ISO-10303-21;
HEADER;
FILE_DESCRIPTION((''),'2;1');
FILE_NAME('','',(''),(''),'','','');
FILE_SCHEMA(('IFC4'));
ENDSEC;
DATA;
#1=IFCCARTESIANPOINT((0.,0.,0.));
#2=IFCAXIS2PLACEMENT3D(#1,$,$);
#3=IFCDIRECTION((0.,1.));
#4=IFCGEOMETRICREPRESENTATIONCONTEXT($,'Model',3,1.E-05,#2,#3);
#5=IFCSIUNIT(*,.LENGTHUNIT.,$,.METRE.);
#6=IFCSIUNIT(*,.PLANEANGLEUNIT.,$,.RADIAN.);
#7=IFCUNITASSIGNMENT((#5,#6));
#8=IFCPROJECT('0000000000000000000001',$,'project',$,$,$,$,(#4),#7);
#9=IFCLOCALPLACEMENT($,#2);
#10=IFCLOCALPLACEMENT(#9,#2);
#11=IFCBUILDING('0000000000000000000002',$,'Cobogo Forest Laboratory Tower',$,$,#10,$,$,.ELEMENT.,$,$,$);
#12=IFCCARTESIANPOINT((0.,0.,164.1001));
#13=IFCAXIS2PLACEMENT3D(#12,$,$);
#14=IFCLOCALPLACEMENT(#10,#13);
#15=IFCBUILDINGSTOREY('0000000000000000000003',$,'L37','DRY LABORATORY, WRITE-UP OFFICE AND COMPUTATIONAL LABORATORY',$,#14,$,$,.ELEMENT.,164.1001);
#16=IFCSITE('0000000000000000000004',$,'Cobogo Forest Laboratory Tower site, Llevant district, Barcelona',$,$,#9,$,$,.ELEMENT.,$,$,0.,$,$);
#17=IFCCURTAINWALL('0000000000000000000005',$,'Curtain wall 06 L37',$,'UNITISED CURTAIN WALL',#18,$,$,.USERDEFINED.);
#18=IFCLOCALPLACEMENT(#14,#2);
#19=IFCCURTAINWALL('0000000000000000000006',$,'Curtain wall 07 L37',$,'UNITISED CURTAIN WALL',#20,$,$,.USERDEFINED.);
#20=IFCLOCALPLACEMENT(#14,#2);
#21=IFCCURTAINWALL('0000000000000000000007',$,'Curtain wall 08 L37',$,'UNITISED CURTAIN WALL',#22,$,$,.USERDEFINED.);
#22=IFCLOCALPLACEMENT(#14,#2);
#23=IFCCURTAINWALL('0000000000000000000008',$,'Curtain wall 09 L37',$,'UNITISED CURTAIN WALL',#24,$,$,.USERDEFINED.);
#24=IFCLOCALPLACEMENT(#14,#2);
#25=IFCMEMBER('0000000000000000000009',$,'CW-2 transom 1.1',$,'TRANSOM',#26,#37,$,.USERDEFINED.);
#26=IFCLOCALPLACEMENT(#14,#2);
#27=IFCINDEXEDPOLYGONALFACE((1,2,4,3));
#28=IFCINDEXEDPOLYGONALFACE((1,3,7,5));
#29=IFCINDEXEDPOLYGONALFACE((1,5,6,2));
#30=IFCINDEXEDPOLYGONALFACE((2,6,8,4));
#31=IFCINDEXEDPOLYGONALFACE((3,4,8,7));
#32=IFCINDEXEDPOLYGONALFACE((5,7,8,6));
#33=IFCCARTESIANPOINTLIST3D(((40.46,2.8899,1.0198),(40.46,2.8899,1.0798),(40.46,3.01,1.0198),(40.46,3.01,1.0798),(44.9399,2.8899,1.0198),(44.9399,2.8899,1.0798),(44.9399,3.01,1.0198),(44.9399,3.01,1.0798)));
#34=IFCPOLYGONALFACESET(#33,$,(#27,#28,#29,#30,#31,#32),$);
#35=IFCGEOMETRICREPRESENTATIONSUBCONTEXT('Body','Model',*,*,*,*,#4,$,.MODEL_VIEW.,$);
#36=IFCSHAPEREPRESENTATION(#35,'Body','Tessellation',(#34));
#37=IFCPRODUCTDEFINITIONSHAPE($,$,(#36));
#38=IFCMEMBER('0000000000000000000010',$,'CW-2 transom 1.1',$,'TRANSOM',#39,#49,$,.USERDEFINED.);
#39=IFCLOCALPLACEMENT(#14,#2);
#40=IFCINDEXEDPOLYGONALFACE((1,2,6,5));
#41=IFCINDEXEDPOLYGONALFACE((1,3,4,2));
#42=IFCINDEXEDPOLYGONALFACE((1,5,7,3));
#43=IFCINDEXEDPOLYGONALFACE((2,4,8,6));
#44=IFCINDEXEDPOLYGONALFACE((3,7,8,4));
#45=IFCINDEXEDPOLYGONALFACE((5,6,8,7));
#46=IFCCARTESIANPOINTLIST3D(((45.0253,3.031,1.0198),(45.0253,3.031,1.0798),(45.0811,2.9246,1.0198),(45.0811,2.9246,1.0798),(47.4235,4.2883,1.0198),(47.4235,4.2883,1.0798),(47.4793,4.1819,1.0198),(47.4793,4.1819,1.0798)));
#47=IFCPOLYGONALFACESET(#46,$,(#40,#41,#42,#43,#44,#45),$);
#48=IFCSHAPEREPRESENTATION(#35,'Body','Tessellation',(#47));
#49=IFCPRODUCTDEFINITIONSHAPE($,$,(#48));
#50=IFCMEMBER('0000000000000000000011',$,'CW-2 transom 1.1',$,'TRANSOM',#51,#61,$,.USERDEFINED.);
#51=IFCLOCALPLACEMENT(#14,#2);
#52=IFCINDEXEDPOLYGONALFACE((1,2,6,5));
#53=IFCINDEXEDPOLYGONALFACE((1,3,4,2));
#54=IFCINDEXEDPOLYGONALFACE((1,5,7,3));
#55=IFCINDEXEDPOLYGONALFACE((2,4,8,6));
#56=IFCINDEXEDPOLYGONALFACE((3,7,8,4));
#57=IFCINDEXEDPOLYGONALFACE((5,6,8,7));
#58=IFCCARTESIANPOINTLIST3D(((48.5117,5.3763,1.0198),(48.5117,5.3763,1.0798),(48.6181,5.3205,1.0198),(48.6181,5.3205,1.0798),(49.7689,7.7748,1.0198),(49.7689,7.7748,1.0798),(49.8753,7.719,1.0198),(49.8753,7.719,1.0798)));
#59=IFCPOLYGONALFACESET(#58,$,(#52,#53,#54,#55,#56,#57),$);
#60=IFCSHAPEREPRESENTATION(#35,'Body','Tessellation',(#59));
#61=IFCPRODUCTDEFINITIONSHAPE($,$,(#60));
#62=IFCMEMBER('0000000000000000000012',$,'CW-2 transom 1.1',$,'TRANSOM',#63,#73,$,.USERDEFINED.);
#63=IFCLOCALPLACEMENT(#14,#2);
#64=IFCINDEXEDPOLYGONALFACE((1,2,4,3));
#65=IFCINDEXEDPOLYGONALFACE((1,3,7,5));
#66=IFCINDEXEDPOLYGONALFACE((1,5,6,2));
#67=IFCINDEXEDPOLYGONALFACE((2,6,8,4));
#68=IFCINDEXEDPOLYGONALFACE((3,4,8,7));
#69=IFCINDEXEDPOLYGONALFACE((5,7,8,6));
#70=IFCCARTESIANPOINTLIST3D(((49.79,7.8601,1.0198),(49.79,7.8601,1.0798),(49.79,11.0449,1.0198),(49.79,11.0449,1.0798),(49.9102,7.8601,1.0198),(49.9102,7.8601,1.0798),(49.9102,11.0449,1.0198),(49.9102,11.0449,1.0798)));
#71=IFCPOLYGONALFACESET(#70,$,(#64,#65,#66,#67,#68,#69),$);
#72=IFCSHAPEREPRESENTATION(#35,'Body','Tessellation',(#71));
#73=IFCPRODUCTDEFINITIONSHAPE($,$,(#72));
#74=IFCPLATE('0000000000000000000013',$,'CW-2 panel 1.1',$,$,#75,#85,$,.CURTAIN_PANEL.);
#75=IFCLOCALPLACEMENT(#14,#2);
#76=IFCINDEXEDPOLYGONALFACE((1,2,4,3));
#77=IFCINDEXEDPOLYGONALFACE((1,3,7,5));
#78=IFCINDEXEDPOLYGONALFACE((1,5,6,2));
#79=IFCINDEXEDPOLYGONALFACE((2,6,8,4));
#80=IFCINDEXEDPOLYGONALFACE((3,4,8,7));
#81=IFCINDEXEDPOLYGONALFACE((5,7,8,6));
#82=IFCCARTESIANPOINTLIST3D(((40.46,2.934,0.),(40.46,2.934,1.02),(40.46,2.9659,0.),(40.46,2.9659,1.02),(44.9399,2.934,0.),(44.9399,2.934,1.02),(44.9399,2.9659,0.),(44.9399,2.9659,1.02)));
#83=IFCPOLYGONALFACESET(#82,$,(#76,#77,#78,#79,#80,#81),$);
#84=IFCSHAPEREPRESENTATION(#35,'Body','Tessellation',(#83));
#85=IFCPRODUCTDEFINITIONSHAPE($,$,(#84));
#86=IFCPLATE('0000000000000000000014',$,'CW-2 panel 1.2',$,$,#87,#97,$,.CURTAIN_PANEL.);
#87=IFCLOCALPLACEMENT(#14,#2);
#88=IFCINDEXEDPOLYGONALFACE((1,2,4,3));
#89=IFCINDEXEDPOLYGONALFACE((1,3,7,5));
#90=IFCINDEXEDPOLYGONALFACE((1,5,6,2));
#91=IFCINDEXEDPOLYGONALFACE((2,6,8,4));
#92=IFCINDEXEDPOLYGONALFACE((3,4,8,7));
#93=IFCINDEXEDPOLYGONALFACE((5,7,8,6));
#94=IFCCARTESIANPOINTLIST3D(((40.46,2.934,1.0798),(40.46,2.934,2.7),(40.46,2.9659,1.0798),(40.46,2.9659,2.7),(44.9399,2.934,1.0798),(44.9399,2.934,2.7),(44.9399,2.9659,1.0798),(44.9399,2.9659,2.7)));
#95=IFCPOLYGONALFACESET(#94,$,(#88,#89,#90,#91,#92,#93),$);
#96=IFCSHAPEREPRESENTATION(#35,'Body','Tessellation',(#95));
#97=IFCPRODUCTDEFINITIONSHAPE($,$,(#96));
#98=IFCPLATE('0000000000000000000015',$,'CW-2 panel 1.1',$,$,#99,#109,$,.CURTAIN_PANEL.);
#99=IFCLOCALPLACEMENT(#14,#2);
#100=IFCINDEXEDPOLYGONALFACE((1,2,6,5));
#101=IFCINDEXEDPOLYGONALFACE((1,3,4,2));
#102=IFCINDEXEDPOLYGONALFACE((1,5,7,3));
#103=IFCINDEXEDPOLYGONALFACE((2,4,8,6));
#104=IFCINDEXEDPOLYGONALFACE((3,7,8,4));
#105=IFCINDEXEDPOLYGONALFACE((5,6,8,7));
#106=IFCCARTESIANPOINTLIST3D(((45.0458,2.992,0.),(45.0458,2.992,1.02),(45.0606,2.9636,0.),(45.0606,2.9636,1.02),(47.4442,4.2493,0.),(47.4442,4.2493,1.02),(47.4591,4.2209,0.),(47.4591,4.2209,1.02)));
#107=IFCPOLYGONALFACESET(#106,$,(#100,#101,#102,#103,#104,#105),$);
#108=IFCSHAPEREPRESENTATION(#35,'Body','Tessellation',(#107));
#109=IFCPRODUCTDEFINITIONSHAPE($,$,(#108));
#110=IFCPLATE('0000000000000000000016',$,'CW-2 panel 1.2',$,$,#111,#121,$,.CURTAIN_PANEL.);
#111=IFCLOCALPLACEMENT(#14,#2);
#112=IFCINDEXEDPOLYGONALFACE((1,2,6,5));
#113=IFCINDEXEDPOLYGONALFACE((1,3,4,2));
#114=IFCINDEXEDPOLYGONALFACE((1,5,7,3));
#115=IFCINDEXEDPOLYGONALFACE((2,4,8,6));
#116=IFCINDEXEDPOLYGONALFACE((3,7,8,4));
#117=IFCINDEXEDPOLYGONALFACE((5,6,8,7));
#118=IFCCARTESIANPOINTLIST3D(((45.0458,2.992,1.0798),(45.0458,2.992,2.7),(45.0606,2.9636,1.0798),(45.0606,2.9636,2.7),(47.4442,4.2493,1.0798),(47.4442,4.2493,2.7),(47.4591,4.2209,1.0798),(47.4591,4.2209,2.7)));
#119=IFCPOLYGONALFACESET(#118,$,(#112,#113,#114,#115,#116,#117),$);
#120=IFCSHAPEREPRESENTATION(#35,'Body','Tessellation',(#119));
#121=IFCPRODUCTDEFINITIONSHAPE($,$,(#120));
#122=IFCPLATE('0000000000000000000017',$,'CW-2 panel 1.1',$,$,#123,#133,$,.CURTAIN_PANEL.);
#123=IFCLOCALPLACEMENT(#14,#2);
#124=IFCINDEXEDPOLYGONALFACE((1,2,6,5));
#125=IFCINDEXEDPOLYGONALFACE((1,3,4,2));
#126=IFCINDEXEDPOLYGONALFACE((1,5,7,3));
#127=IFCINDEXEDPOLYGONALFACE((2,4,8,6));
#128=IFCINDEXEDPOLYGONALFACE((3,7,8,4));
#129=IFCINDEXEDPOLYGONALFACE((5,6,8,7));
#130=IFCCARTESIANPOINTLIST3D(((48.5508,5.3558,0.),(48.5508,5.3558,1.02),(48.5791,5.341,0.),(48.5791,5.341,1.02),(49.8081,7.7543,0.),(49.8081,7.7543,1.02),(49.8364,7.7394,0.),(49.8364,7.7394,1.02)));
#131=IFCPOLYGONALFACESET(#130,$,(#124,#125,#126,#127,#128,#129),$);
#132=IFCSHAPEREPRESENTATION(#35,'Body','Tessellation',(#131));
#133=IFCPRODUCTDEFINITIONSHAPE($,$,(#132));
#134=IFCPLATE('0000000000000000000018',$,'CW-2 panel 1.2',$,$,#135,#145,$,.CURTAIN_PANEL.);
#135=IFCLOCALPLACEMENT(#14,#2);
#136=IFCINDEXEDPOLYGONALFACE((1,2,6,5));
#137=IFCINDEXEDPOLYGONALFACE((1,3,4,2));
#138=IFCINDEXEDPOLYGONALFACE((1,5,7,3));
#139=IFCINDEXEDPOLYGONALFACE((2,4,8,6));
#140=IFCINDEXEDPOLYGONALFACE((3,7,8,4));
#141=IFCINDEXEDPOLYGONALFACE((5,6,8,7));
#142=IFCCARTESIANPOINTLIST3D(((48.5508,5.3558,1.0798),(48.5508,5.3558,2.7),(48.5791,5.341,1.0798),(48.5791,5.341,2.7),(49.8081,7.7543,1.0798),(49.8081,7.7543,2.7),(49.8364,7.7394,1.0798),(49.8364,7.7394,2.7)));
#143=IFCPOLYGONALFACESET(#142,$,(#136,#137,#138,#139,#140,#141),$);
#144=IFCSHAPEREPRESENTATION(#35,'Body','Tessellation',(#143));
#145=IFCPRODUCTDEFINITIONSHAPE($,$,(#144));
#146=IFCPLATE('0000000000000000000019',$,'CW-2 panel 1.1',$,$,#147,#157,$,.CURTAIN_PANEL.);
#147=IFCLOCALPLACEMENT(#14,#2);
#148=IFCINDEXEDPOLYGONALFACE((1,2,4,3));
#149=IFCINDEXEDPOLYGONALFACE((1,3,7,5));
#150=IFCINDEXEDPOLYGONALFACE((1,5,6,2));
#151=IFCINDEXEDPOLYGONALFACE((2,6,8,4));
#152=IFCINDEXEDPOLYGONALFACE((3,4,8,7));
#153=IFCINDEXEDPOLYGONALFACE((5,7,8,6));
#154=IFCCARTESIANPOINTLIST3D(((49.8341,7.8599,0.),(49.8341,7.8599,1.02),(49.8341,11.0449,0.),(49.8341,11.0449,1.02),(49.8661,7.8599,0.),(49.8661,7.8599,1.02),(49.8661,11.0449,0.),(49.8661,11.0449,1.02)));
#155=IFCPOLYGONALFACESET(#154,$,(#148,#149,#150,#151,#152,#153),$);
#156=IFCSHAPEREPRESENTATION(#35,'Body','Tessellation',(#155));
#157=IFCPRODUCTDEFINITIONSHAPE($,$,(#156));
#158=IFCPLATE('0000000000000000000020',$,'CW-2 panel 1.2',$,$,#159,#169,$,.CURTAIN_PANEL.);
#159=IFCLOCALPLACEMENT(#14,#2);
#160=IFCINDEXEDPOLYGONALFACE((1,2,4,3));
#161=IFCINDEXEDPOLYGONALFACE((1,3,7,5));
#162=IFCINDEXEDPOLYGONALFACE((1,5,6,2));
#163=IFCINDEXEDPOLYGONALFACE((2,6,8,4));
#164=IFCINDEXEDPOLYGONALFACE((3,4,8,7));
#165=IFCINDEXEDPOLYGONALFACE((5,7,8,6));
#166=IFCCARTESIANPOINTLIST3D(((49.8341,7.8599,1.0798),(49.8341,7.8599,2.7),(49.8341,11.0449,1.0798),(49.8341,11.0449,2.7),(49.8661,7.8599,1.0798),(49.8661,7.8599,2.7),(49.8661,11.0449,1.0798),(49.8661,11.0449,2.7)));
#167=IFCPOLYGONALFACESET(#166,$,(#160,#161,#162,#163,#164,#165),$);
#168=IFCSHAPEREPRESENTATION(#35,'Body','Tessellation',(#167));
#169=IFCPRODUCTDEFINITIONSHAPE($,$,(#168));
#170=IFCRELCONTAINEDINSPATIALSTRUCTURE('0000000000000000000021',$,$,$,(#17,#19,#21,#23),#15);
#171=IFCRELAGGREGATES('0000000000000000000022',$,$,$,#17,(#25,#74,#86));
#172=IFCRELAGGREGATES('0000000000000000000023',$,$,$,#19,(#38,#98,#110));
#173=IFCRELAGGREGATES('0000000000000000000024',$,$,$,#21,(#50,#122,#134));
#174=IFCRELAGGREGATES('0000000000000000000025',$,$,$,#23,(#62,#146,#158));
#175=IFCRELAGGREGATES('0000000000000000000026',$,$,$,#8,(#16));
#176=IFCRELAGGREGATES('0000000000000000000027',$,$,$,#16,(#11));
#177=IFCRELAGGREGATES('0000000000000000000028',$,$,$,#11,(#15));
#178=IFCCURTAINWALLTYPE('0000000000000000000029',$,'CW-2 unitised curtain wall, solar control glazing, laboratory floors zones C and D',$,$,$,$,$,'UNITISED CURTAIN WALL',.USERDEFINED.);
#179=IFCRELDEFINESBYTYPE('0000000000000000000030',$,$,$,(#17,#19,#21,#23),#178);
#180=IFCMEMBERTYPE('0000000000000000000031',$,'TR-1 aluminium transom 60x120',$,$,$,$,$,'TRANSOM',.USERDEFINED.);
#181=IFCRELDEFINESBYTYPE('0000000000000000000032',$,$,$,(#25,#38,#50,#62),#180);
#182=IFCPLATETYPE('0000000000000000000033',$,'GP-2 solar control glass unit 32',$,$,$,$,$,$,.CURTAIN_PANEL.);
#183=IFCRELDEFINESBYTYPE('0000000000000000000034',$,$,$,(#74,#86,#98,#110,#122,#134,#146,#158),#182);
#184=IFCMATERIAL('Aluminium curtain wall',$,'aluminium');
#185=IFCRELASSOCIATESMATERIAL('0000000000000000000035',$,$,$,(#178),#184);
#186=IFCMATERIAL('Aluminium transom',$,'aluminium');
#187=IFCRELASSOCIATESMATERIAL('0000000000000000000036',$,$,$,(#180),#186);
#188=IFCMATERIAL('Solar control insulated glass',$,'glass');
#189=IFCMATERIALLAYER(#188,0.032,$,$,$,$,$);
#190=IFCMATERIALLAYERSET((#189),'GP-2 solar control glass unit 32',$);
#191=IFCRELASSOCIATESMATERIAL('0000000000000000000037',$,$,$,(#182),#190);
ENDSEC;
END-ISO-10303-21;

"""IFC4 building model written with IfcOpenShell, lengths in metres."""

from ifc_helpers import new_model, si_unit, direction, frame, origin, origin_2d, place, context, subcontext, project, spatial, rectangle, extrude, material, layer, layer_set, material_profile, profile_set, type_object, element, aggregate, save


model = new_model("IFC4")

# Units and contexts
model_context = context("Model", 3, precision=1e-05, world=origin(), true_north=direction((0.0, 1.0)))
body_context = subcontext(model_context, "Body", "Model", "MODEL_VIEW")
ifc_project = project(units=[si_unit("LENGTHUNIT", "METRE"), si_unit("PLANEANGLEUNIT", "RADIAN")], contexts=[model_context])

# Site, building, storey
site_placement = place(None, origin())
site = spatial("IfcSite", under=ifc_project, at=site_placement, Name="Cobogo Forest Laboratory Tower site, Llevant district, Barcelona", CompositionType="ELEMENT", RefElevation=0.0)
building_placement = place(site_placement, origin())
building = spatial("IfcBuilding", under=site, at=building_placement, Name="Cobogo Forest Laboratory Tower", CompositionType="ELEMENT")
storey_placement = place(building_placement, frame((0.0, 0.0, 164.1001)))
storey = spatial("IfcBuildingStorey", under=building, at=storey_placement, Name="L37", Description="DRY LABORATORY, WRITE-UP OFFICE AND COMPUTATIONAL LABORATORY", CompositionType="ELEMENT", Elevation=164.1001)

# Curtain wall
ifc_material_1 = material(Name="Aluminium curtain wall", Category="aluminium")
curtain_wall_type = type_object("IfcCurtainWallType", Name="CW-2 unitised curtain wall, solar control glazing, laboratory floors zones C and D", ElementType="UNITISED CURTAIN WALL", PredefinedType="USERDEFINED", material=ifc_material_1)
curtain_wall_1_placement = place(storey_placement, origin())
curtain_wall_1 = element("IfcCurtainWall", 1, at=curtain_wall_1_placement, inside=storey, type_object=curtain_wall_type, Name="Curtain wall 06 L37", ObjectType="UNITISED CURTAIN WALL", PredefinedType="USERDEFINED")

# Curtain walls
curtain_wall_2_placement = place(storey_placement, origin())
curtain_wall_2 = element("IfcCurtainWall", 2, at=curtain_wall_2_placement, inside=storey, type_object=curtain_wall_type, Name="Curtain wall 07 L37", ObjectType="UNITISED CURTAIN WALL", PredefinedType="USERDEFINED")
curtain_wall_3_placement = place(storey_placement, origin())
curtain_wall_3 = element("IfcCurtainWall", 3, at=curtain_wall_3_placement, inside=storey, type_object=curtain_wall_type, Name="Curtain wall 08 L37", ObjectType="UNITISED CURTAIN WALL", PredefinedType="USERDEFINED")

# Curtain wall
curtain_wall_4_placement = place(storey_placement, origin())
curtain_wall_4 = element("IfcCurtainWall", 4, at=curtain_wall_4_placement, inside=storey, type_object=curtain_wall_type, Name="Curtain wall 09 L37", ObjectType="UNITISED CURTAIN WALL", PredefinedType="USERDEFINED")

# Members
ifc_material_2 = material(Name="Aluminium transom", Category="aluminium")
ifc_material_profile_1 = material_profile(ifc_material_2, rectangle(XDim=0.1201, YDim=0.0601, at=origin_2d()), Name="AL 60x120")
ifc_profile_set_1 = profile_set([ifc_material_profile_1], Name="Aluminium transom")
member_type_1 = type_object("IfcMemberType", Name="TR-1 aluminium transom 60x120", ElementType="TRANSOM", PredefinedType="USERDEFINED", material=ifc_profile_set_1)
member_1_placement = place(storey_placement, frame((40.46, 2.95, 1.0498), z_axis=(1.0, 0.0, 0.0), x_axis=(0.0, 1.0, 0.0)))
member_1 = element("IfcMember", 5, at=member_1_placement, type_object=member_type_1, Name="CW-2 transom 1.1", ObjectType="TRANSOM", PredefinedType="USERDEFINED", context=body_context, shape_type="SweptSolid", body=[
    extrude(rectangle(XDim=0.1201, YDim=0.0601, at=origin_2d()), origin(), (0.0, 0.0, 1.0), 4.48),
])
member_2_placement = place(storey_placement, frame((45.0532, 2.9778, 1.0498), z_axis=(0.88566, 0.464334, 0.0), x_axis=(-0.464334, 0.88566, 0.0)))
member_2 = element("IfcMember", 6, at=member_2_placement, type_object=member_type_1, Name="CW-2 transom 1.1", ObjectType="TRANSOM", PredefinedType="USERDEFINED", context=body_context, shape_type="SweptSolid", body=[
    extrude(rectangle(XDim=0.1201, YDim=0.0601, at=origin_2d()), origin(), (0.0, 0.0, 1.0), 2.7078),
])
member_3_placement = place(storey_placement, frame((48.5649, 5.3484, 1.0498), z_axis=(0.464226, 0.885717, 0.0), x_axis=(-0.885717, 0.464226, 0.0)))
member_3 = element("IfcMember", 7, at=member_3_placement, type_object=member_type_1, Name="CW-2 transom 1.1", ObjectType="TRANSOM", PredefinedType="USERDEFINED", context=body_context, shape_type="SweptSolid", body=[
    extrude(rectangle(XDim=0.1201, YDim=0.0601, at=origin_2d()), origin(), (0.0, 0.0, 1.0), 2.708),
])
member_4_placement = place(storey_placement, frame((49.8501, 7.8601, 1.0498), z_axis=(0.0, 1.0, 0.0), x_axis=(-1.0, 0.0, 0.0)))
member_4 = element("IfcMember", 8, at=member_4_placement, type_object=member_type_1, Name="CW-2 transom 1.1", ObjectType="TRANSOM", PredefinedType="USERDEFINED", context=body_context, shape_type="SweptSolid", body=[
    extrude(rectangle(XDim=0.1201, YDim=0.0601, at=origin_2d()), origin(), (0.0, 0.0, 1.0), 3.1848),
])

# Plates
ifc_material_3 = material(Name="Solar control insulated glass", Category="glass")
ifc_layer = layer(ifc_material_3, 0.032)
ifc_layer_set = layer_set([ifc_layer], Name="GP-2 solar control glass unit 32")
plate_type = type_object("IfcPlateType", Name="GP-2 solar control glass unit 32", PredefinedType="CURTAIN_PANEL", material=ifc_layer_set)
plate_1_placement = place(storey_placement, frame((42.7, 2.95, 0.0), z_axis=(0.0, 0.0, 1.0), x_axis=(1.0, 0.0, 0.0)))
plate_1 = element("IfcPlate", 9, at=plate_1_placement, type_object=plate_type, Name="CW-2 panel 1.1", PredefinedType="CURTAIN_PANEL", context=body_context, shape_type="SweptSolid", body=[
    extrude(rectangle(XDim=4.48, YDim=0.032, at=origin_2d()), origin(), (0.0, 0.0, 1.0), 1.02),
])
plate_2_placement = place(storey_placement, frame((42.7, 2.95, 1.0798), z_axis=(0.0, 0.0, 1.0), x_axis=(1.0, 0.0, 0.0)))
plate_2 = element("IfcPlate", 10, at=plate_2_placement, type_object=plate_type, Name="CW-2 panel 1.2", PredefinedType="CURTAIN_PANEL", context=body_context, shape_type="SweptSolid", body=[
    extrude(rectangle(XDim=4.48, YDim=0.032, at=origin_2d()), origin(), (0.0, 0.0, 1.0), 1.6201),
])
aggregate(curtain_wall_1, [member_1, plate_1, plate_2])
plate_3_placement = place(storey_placement, frame((46.2524, 3.6064, 0.0), z_axis=(0.0, 0.0, 1.0), x_axis=(0.885686, 0.464284, 0.0)))
plate_3 = element("IfcPlate", 11, at=plate_3_placement, type_object=plate_type, Name="CW-2 panel 1.1", PredefinedType="CURTAIN_PANEL", context=body_context, shape_type="SweptSolid", body=[
    extrude(rectangle(XDim=2.708, YDim=0.032, at=origin_2d()), origin(), (0.0, 0.0, 1.0), 1.02),
])
plate_4_placement = place(storey_placement, frame((46.2524, 3.6064, 1.0798), z_axis=(0.0, 0.0, 1.0), x_axis=(0.885686, 0.464284, 0.0)))
plate_4 = element("IfcPlate", 12, at=plate_4_placement, type_object=plate_type, Name="CW-2 panel 1.2", PredefinedType="CURTAIN_PANEL", context=body_context, shape_type="SweptSolid", body=[
    extrude(rectangle(XDim=2.708, YDim=0.032, at=origin_2d()), origin(), (0.0, 0.0, 1.0), 1.6201),
])
aggregate(curtain_wall_2, [member_2, plate_3, plate_4])
plate_5_placement = place(storey_placement, frame((49.1936, 6.5476, 0.0), z_axis=(0.0, 0.0, 1.0), x_axis=(0.464284, 0.885686, 0.0)))
plate_5 = element("IfcPlate", 13, at=plate_5_placement, type_object=plate_type, Name="CW-2 panel 1.1", PredefinedType="CURTAIN_PANEL", context=body_context, shape_type="SweptSolid", body=[
    extrude(rectangle(XDim=2.708, YDim=0.032, at=origin_2d()), origin(), (0.0, 0.0, 1.0), 1.02),
])
plate_6_placement = place(storey_placement, frame((49.1936, 6.5476, 1.0798), z_axis=(0.0, 0.0, 1.0), x_axis=(0.464284, 0.885686, 0.0)))
plate_6 = element("IfcPlate", 14, at=plate_6_placement, type_object=plate_type, Name="CW-2 panel 1.2", PredefinedType="CURTAIN_PANEL", context=body_context, shape_type="SweptSolid", body=[
    extrude(rectangle(XDim=2.708, YDim=0.032, at=origin_2d()), origin(), (0.0, 0.0, 1.0), 1.6201),
])
aggregate(curtain_wall_3, [member_3, plate_5, plate_6])
plate_7_placement = place(storey_placement, frame((49.8501, 9.4524, 0.0), z_axis=(0.0, 0.0, 1.0), x_axis=(0.0, 1.0, 0.0)))
plate_7 = element("IfcPlate", 15, at=plate_7_placement, type_object=plate_type, Name="CW-2 panel 1.1", PredefinedType="CURTAIN_PANEL", context=body_context, shape_type="SweptSolid", body=[
    extrude(rectangle(XDim=3.1851, YDim=0.032, at=origin_2d()), origin(), (0.0, 0.0, 1.0), 1.02),
])
plate_8_placement = place(storey_placement, frame((49.8501, 9.4524, 1.0798), z_axis=(0.0, 0.0, 1.0), x_axis=(0.0, 1.0, 0.0)))
plate_8 = element("IfcPlate", 16, at=plate_8_placement, type_object=plate_type, Name="CW-2 panel 1.2", PredefinedType="CURTAIN_PANEL", context=body_context, shape_type="SweptSolid", body=[
    extrude(rectangle(XDim=3.1851, YDim=0.032, at=origin_2d()), origin(), (0.0, 0.0, 1.0), 1.6201),
])
aggregate(curtain_wall_4, [member_4, plate_7, plate_8])

save(model, "model.ifc")
